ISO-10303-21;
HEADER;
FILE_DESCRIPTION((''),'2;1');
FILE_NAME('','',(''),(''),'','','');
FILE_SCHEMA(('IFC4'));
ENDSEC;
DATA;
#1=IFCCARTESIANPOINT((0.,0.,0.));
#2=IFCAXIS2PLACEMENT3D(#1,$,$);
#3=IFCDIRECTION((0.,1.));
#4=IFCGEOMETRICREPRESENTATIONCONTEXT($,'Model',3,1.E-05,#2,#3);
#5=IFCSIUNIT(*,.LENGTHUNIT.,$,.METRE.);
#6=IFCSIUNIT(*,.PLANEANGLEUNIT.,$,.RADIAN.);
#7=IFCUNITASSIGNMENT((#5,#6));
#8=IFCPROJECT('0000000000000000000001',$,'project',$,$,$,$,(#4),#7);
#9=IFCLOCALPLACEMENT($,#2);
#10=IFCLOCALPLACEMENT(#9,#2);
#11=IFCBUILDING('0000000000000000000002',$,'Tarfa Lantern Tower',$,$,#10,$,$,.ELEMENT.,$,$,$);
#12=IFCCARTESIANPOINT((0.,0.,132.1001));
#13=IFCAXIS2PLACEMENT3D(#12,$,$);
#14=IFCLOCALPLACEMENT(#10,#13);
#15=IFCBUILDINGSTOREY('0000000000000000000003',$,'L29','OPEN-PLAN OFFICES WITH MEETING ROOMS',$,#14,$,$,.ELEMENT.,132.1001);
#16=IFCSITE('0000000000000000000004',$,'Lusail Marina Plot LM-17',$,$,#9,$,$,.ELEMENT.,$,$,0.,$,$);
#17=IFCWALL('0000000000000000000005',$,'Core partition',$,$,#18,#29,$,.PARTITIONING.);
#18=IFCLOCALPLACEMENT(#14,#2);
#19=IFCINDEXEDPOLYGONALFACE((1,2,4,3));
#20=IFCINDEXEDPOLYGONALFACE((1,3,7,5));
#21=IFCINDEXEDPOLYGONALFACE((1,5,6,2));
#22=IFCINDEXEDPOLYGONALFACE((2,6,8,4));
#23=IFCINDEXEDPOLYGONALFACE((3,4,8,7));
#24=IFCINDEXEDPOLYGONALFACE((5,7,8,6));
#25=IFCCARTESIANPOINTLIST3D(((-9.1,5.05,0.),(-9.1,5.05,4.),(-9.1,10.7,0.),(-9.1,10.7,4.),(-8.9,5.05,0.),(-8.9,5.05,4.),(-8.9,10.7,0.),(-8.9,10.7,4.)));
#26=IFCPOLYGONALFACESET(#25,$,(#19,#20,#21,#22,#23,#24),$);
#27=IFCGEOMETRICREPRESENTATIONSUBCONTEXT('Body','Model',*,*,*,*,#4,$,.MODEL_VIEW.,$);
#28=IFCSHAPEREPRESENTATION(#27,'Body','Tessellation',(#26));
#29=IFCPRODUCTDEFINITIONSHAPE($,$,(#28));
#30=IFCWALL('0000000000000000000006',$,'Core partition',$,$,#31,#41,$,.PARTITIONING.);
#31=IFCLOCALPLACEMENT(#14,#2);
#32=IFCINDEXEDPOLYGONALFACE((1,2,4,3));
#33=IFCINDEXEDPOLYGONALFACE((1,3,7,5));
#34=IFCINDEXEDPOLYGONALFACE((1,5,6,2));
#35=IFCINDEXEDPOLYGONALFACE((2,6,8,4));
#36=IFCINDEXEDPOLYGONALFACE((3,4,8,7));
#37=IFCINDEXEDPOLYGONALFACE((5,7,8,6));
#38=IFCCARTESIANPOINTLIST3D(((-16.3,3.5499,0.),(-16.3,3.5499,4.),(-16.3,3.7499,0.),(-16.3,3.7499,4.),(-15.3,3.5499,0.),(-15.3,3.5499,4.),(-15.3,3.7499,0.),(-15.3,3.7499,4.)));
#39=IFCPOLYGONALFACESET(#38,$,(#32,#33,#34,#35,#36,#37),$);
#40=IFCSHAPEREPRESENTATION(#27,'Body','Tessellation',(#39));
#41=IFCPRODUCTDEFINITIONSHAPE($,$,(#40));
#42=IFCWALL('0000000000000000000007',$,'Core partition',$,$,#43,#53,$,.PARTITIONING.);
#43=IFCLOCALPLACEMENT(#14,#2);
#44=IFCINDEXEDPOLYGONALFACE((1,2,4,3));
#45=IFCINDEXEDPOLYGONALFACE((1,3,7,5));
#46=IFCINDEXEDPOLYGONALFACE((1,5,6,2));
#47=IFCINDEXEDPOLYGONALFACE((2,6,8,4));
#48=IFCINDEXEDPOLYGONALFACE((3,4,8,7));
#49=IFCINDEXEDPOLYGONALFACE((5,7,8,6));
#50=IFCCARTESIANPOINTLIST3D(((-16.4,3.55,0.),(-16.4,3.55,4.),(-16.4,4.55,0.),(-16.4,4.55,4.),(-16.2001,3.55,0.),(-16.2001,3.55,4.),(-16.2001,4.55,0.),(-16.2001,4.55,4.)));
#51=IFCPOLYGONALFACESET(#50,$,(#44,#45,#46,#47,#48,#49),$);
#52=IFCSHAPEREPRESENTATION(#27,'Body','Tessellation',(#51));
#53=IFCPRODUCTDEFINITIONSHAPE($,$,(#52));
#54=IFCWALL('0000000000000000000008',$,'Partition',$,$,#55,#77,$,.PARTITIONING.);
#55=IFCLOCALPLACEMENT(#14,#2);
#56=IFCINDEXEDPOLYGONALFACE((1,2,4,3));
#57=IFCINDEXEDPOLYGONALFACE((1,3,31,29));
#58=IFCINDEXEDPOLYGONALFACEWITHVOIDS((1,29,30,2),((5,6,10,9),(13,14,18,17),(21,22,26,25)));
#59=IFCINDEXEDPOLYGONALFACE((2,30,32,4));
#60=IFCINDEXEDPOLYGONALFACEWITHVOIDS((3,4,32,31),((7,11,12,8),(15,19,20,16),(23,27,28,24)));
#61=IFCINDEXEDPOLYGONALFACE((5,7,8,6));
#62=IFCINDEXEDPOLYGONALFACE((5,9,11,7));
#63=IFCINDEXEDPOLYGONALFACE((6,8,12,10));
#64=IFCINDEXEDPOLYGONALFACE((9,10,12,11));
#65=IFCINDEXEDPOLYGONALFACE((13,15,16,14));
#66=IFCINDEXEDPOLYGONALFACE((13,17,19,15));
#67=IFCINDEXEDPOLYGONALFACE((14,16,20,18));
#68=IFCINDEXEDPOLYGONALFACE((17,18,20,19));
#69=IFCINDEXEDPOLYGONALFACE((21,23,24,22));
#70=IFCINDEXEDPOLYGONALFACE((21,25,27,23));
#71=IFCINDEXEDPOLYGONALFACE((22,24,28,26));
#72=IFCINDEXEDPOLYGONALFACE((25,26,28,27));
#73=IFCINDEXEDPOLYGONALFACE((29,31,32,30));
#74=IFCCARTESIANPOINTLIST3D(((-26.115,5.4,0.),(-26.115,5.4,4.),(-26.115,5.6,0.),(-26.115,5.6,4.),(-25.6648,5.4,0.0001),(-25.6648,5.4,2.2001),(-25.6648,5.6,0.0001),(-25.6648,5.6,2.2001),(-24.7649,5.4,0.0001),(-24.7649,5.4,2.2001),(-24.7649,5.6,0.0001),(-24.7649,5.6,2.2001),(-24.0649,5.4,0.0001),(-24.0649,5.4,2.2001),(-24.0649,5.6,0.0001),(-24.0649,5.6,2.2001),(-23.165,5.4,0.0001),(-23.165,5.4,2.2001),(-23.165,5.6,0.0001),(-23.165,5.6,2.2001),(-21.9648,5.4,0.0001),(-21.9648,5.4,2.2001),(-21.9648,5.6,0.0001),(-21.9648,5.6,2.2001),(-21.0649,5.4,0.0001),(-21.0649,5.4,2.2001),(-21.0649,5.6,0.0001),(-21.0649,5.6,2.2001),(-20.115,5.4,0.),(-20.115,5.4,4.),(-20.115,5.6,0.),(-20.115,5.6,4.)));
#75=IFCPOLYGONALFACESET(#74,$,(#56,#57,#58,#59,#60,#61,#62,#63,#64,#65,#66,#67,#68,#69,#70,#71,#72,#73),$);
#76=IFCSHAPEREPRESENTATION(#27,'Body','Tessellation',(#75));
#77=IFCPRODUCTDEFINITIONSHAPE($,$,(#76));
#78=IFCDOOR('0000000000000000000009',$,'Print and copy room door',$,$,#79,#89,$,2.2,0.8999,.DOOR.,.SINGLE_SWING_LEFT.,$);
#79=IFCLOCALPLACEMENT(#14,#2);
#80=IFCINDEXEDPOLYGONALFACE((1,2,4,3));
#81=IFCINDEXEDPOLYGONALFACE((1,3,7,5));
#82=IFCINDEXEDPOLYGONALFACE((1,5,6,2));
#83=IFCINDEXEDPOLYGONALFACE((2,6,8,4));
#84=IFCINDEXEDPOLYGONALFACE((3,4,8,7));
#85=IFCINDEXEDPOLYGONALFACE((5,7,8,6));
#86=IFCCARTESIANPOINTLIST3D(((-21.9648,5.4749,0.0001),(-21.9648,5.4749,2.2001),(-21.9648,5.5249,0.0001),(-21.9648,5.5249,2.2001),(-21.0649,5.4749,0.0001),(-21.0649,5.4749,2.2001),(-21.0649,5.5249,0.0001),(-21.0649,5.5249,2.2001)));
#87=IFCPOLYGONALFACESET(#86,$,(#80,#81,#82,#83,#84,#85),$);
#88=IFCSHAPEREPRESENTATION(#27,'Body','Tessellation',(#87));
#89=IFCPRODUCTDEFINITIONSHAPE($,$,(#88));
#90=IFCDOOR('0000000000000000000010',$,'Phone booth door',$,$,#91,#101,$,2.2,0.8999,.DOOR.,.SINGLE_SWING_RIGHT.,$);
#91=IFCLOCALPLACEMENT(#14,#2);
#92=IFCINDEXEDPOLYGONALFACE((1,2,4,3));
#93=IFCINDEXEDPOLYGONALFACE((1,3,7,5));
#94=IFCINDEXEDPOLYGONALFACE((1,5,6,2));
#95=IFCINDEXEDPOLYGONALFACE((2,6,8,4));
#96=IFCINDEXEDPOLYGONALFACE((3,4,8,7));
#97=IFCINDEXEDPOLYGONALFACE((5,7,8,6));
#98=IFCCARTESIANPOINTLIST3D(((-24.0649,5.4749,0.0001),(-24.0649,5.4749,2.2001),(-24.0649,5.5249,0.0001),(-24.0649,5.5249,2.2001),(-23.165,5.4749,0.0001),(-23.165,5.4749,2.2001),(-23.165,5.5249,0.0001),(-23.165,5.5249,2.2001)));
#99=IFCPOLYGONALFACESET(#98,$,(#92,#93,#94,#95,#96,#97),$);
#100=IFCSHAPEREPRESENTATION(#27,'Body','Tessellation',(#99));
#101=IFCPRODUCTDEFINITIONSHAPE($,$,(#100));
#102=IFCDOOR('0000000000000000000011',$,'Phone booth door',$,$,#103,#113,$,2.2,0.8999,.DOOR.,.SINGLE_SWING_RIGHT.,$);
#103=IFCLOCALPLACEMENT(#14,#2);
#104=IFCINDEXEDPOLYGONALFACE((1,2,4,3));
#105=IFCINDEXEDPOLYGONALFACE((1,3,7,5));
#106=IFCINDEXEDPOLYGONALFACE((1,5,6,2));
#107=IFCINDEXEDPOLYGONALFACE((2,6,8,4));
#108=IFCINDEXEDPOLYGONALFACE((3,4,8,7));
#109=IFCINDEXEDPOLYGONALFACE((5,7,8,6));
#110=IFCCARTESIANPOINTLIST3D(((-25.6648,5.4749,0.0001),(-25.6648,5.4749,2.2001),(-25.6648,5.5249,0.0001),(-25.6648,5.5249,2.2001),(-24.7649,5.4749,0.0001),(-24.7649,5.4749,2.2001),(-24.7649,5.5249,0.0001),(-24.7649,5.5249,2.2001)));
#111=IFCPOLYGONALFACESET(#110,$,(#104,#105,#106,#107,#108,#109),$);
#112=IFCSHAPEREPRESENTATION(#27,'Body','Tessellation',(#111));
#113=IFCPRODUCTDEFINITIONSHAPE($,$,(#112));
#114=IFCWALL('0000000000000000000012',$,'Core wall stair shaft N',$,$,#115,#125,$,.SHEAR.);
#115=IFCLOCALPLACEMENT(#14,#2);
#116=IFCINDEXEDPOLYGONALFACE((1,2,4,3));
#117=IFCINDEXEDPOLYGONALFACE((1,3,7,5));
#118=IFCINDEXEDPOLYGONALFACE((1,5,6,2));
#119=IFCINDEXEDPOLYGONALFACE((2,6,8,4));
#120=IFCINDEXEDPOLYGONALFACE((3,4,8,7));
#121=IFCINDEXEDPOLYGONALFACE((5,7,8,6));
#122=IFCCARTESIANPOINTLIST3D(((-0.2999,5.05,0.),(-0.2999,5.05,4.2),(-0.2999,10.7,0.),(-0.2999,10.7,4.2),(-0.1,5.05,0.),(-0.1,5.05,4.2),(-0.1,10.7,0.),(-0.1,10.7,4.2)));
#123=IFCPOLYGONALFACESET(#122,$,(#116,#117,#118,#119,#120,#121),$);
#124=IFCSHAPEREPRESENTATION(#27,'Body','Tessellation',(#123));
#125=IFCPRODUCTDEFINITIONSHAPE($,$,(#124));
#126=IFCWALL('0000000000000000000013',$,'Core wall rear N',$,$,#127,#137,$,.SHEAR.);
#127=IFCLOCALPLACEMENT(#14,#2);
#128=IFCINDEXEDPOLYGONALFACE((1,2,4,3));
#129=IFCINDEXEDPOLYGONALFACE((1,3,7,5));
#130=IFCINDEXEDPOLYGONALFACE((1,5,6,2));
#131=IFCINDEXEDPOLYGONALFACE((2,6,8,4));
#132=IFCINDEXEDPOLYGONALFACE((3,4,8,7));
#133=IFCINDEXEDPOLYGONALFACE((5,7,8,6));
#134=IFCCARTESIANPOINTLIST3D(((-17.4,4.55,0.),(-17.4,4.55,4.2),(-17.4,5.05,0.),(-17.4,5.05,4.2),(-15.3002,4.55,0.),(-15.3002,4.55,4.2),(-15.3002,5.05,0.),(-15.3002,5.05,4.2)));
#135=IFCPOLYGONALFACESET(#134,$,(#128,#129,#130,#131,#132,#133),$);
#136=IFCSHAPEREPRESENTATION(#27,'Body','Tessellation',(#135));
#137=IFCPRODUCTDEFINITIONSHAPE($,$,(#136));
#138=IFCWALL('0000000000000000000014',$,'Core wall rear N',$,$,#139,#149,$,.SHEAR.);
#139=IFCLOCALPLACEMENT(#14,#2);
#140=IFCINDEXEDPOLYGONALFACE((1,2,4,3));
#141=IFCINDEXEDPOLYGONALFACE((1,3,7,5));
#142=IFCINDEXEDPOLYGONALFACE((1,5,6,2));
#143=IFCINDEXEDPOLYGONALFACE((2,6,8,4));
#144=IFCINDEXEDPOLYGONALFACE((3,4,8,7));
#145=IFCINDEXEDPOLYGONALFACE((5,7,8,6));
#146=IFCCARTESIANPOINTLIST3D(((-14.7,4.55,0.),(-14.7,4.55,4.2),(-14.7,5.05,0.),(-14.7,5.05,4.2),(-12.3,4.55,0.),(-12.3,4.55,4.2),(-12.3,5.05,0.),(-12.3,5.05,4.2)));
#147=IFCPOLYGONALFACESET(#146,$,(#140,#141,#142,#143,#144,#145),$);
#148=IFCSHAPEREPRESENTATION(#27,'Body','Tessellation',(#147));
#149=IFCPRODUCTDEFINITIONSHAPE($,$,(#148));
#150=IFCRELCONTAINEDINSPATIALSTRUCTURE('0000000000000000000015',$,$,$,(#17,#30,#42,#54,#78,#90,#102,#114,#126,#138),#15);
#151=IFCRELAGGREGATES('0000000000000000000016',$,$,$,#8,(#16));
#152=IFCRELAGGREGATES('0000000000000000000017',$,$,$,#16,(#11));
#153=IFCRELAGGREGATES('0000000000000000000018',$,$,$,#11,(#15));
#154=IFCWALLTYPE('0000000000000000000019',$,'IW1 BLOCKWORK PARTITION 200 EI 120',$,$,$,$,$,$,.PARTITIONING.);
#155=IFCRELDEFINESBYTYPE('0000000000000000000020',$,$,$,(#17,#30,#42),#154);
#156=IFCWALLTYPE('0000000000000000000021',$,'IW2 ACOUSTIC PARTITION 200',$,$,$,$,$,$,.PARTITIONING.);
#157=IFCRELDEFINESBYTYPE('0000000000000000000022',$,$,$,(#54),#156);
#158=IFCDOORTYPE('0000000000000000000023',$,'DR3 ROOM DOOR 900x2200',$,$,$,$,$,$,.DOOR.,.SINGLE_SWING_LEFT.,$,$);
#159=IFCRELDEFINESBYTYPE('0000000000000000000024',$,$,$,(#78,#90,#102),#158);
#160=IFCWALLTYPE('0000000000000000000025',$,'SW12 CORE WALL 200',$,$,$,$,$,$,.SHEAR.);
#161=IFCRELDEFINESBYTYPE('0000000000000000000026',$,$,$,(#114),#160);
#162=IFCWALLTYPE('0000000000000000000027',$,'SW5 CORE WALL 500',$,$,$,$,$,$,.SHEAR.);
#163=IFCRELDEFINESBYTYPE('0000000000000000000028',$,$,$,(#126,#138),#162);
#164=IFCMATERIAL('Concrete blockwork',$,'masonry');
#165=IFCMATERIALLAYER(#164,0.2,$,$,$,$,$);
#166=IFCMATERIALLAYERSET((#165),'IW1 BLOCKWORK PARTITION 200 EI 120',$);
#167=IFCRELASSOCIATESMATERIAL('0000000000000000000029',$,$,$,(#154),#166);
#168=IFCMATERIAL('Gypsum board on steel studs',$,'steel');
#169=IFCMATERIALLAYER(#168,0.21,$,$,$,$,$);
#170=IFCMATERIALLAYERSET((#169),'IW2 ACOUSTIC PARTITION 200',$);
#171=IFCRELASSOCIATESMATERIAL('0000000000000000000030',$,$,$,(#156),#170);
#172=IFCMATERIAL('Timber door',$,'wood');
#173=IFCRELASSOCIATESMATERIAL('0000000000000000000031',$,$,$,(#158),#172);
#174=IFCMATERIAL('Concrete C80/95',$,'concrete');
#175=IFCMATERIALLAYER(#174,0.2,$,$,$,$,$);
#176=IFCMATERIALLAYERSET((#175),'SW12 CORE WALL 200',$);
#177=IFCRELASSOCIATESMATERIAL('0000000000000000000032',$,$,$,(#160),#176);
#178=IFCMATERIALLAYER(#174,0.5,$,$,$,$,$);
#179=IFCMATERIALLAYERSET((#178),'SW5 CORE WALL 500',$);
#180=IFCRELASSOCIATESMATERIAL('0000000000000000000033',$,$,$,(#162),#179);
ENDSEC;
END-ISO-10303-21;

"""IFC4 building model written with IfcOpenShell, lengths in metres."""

from ifc_helpers import new_model, si_unit, direction, frame, frame_2d, origin, place, context, subcontext, project, spatial, rectangle, extrude, material, layer, layer_set, type_object, element, fill, save


model = new_model("IFC4")

# Units and contexts
model_context = context("Model", 3, precision=1e-05, world=origin(), true_north=direction((0.0, 1.0)))
body_context = subcontext(model_context, "Body", "Model", "MODEL_VIEW")
ifc_project = project(units=[si_unit("LENGTHUNIT", "METRE"), si_unit("PLANEANGLEUNIT", "RADIAN")], contexts=[model_context])

# Site, building, storey
site_placement = place(None, origin())
site = spatial("IfcSite", under=ifc_project, at=site_placement, Name="Lusail Marina Plot LM-17", CompositionType="ELEMENT", RefElevation=0.0)
building_placement = place(site_placement, origin())
building = spatial("IfcBuilding", under=site, at=building_placement, Name="Tarfa Lantern Tower", CompositionType="ELEMENT")
storey_placement = place(building_placement, frame((0.0, 0.0, 132.1001)))
storey = spatial("IfcBuildingStorey", under=building, at=storey_placement, Name="L29", Description="OPEN-PLAN OFFICES WITH MEETING ROOMS", CompositionType="ELEMENT", Elevation=132.1001)

# Walls
ifc_material_1 = material(Name="Concrete blockwork", Category="masonry")
ifc_layer_1 = layer(ifc_material_1, 0.2)
ifc_layer_set_1 = layer_set([ifc_layer_1], Name="IW1 BLOCKWORK PARTITION 200 EI 120")
wall_type_1 = type_object("IfcWallType", Name="IW1 BLOCKWORK PARTITION 200 EI 120", PredefinedType="PARTITIONING", material=ifc_layer_set_1)
wall_1_placement = place(storey_placement, frame((-9.0, 5.05, 0.0), z_axis=(0.0, 0.0, 1.0), x_axis=(0.0, 1.0, 0.0)))
element("IfcWall", 1, at=wall_1_placement, inside=storey, type_object=wall_type_1, Name="Core partition", PredefinedType="PARTITIONING", context=body_context, shape_type="SweptSolid", body=[
    extrude(rectangle(XDim=5.6499, YDim=0.2, at=frame_2d((2.825, 0.0))), origin(), (0.0, 0.0, 1.0), 4.0),
])
for number, where, z_axis, x_axis, name in (
    (2, (-16.3, 3.6499, 0.0), (0.0, 0.0, 1.0), (1.0, 0.0, 0.0), "Core partition"),
    (3, (-16.3, 3.55, 0.0), (0.0, 0.0, 1.0), (0.0, 1.0, 0.0), "Core partition"),
):
    element("IfcWall", number, at=place(storey_placement, frame(where, z_axis=z_axis, x_axis=x_axis)), inside=storey, type_object=wall_type_1, Name=name, PredefinedType="PARTITIONING", context=body_context, shape_type="SweptSolid", body=[
        extrude(rectangle(XDim=1.0, YDim=0.2, at=frame_2d((0.5, 0.0))), origin(), (0.0, 0.0, 1.0), 4.0),
    ])

# Wall, openings, doors
ifc_material_2 = material(Name="Gypsum board on steel studs", Category="steel")
ifc_layer_2 = layer(ifc_material_2, 0.21)
ifc_layer_set_2 = layer_set([ifc_layer_2], Name="IW2 ACOUSTIC PARTITION 200")
wall_type_2 = type_object("IfcWallType", Name="IW2 ACOUSTIC PARTITION 200", PredefinedType="PARTITIONING", material=ifc_layer_set_2)
wall_2_placement = place(storey_placement, frame((-20.115, 5.5, 0.0), z_axis=(0.0, 0.0, 1.0), x_axis=(-1.0, 0.0, 0.0)))
wall_2 = element("IfcWall", 4, at=wall_2_placement, inside=storey, type_object=wall_type_2, Name="Partition", PredefinedType="PARTITIONING", context=body_context, shape_type="SweptSolid", body=[
    extrude(rectangle(XDim=6.0, YDim=0.2, at=frame_2d((3.0, 0.0))), origin(), (0.0, 0.0, 1.0), 4.0),
])
opening_1_placement = place(wall_2_placement, frame((0.95, 0.0, 0.0)))
opening_1 = element("IfcOpeningElement", 5, at=opening_1_placement, cuts=wall_2, PredefinedType="OPENING", context=body_context, shape_type="SweptSolid", body=[
    extrude(rectangle(XDim=0.8999, YDim=2.2, at=frame_2d((0.45, 1.1001))), frame((0.0, 0.1099, 0.0), z_axis=(0.0, -1.0, 0.0), x_axis=(1.0, 0.0, 0.0)), (0.0, 0.0, 1.0), 0.22),
])
opening_2_placement = place(wall_2_placement, frame((3.05, 0.0, 0.0)))
opening_2 = element("IfcOpeningElement", 6, at=opening_2_placement, cuts=wall_2, PredefinedType="OPENING", context=body_context, shape_type="SweptSolid", body=[
    extrude(rectangle(XDim=0.8999, YDim=2.2, at=frame_2d((0.45, 1.1001))), frame((0.0, 0.1099, 0.0), z_axis=(0.0, -1.0, 0.0), x_axis=(1.0, 0.0, 0.0)), (0.0, 0.0, 1.0), 0.22),
])
opening_3_placement = place(wall_2_placement, frame((4.6499, 0.0, 0.0)))
opening_3 = element("IfcOpeningElement", 7, at=opening_3_placement, cuts=wall_2, PredefinedType="OPENING", context=body_context, shape_type="SweptSolid", body=[
    extrude(rectangle(XDim=0.8999, YDim=2.2, at=frame_2d((0.45, 1.1001))), frame((0.0, 0.1099, 0.0), z_axis=(0.0, -1.0, 0.0), x_axis=(1.0, 0.0, 0.0)), (0.0, 0.0, 1.0), 0.22),
])
ifc_material_3 = material(Name="Timber door", Category="wood")
door_type_1 = type_object("IfcDoorType", Name="DR3 ROOM DOOR 900x2200", OperationType="SINGLE_SWING_LEFT", PredefinedType="DOOR", material=ifc_material_3)
door_1_placement = place(opening_1_placement, frame((0.8999, 0.0, 0.0), z_axis=(0.0, 0.0, 1.0), x_axis=(-1.0, 0.0, 0.0)))
door_1 = element("IfcDoor", 8, at=door_1_placement, inside=storey, type_object=door_type_1, Name="Print and copy room door", OperationType="SINGLE_SWING_LEFT", OverallHeight=2.2, OverallWidth=0.8999, PredefinedType="DOOR", context=body_context, shape_type="SweptSolid", body=[
    extrude(rectangle(XDim=0.8999, YDim=2.2, at=frame_2d((0.45, 1.1001))), frame((0.0, 0.0249, 0.0), z_axis=(0.0, -1.0, 0.0), x_axis=(1.0, 0.0, 0.0)), (0.0, 0.0, 1.0), 0.05),
])
fill(opening_1, door_1)
door_2_placement = place(opening_2_placement, frame((0.8999, 0.0, 0.0), z_axis=(0.0, 0.0, 1.0), x_axis=(-1.0, 0.0, 0.0)))
door_2 = element("IfcDoor", 9, at=door_2_placement, inside=storey, type_object=door_type_1, Name="Phone booth door", OperationType="SINGLE_SWING_RIGHT", OverallHeight=2.2, OverallWidth=0.8999, PredefinedType="DOOR", context=body_context, shape_type="SweptSolid", body=[
    extrude(rectangle(XDim=0.8999, YDim=2.2, at=frame_2d((0.45, 1.1001))), frame((0.0, 0.0249, 0.0), z_axis=(0.0, -1.0, 0.0), x_axis=(1.0, 0.0, 0.0)), (0.0, 0.0, 1.0), 0.05),
])
fill(opening_2, door_2)
door_3_placement = place(opening_3_placement, frame((0.8999, 0.0, 0.0), z_axis=(0.0, 0.0, 1.0), x_axis=(-1.0, 0.0, 0.0)))
door_3 = element("IfcDoor", 10, at=door_3_placement, inside=storey, type_object=door_type_1, Name="Phone booth door", OperationType="SINGLE_SWING_RIGHT", OverallHeight=2.2, OverallWidth=0.8999, PredefinedType="DOOR", context=body_context, shape_type="SweptSolid", body=[
    extrude(rectangle(XDim=0.8999, YDim=2.2, at=frame_2d((0.45, 1.1001))), frame((0.0, 0.0249, 0.0), z_axis=(0.0, -1.0, 0.0), x_axis=(1.0, 0.0, 0.0)), (0.0, 0.0, 1.0), 0.05),
])
fill(opening_3, door_3)

# Walls
ifc_material_4 = material(Name="Concrete C80/95", Category="concrete")
ifc_layer_3 = layer(ifc_material_4, 0.2)
ifc_layer_set_3 = layer_set([ifc_layer_3], Name="SW12 CORE WALL 200")
wall_type_3 = type_object("IfcWallType", Name="SW12 CORE WALL 200", PredefinedType="SHEAR", material=ifc_layer_set_3)
wall_3_placement = place(storey_placement, frame((-0.2, 5.05, 0.0), z_axis=(0.0, 0.0, 1.0), x_axis=(0.0, 1.0, 0.0)))
element("IfcWall", 11, at=wall_3_placement, inside=storey, type_object=wall_type_3, Name="Core wall stair shaft N", PredefinedType="SHEAR", context=body_context, shape_type="SweptSolid", body=[
    extrude(rectangle(XDim=5.6499, YDim=0.2, at=frame_2d((2.825, 0.0))), origin(), (0.0, 0.0, 1.0), 4.2),
])
ifc_layer_4 = layer(ifc_material_4, 0.5)
ifc_layer_set_4 = layer_set([ifc_layer_4], Name="SW5 CORE WALL 500")
wall_type_4 = type_object("IfcWallType", Name="SW5 CORE WALL 500", PredefinedType="SHEAR", material=ifc_layer_set_4)
wall_4_placement = place(storey_placement, frame((-17.3999, 4.8, 0.0), z_axis=(0.0, 0.0, 1.0), x_axis=(1.0, 0.0, 0.0)))
element("IfcWall", 12, at=wall_4_placement, inside=storey, type_object=wall_type_4, Name="Core wall rear N", PredefinedType="SHEAR", context=body_context, shape_type="SweptSolid", body=[
    extrude(rectangle(XDim=2.0999, YDim=0.5, at=frame_2d((1.0498, 0.0))), origin(), (0.0, 0.0, 1.0), 4.2),
])
wall_5_placement = place(storey_placement, frame((-14.7, 4.8, 0.0), z_axis=(0.0, 0.0, 1.0), x_axis=(1.0, 0.0, 0.0)))
element("IfcWall", 13, at=wall_5_placement, inside=storey, type_object=wall_type_4, Name="Core wall rear N", PredefinedType="SHEAR", context=body_context, shape_type="SweptSolid", body=[
    extrude(rectangle(XDim=2.3999, YDim=0.5, at=frame_2d((1.2, 0.0))), origin(), (0.0, 0.0, 1.0), 4.2),
])

save(model, "model.ifc")
